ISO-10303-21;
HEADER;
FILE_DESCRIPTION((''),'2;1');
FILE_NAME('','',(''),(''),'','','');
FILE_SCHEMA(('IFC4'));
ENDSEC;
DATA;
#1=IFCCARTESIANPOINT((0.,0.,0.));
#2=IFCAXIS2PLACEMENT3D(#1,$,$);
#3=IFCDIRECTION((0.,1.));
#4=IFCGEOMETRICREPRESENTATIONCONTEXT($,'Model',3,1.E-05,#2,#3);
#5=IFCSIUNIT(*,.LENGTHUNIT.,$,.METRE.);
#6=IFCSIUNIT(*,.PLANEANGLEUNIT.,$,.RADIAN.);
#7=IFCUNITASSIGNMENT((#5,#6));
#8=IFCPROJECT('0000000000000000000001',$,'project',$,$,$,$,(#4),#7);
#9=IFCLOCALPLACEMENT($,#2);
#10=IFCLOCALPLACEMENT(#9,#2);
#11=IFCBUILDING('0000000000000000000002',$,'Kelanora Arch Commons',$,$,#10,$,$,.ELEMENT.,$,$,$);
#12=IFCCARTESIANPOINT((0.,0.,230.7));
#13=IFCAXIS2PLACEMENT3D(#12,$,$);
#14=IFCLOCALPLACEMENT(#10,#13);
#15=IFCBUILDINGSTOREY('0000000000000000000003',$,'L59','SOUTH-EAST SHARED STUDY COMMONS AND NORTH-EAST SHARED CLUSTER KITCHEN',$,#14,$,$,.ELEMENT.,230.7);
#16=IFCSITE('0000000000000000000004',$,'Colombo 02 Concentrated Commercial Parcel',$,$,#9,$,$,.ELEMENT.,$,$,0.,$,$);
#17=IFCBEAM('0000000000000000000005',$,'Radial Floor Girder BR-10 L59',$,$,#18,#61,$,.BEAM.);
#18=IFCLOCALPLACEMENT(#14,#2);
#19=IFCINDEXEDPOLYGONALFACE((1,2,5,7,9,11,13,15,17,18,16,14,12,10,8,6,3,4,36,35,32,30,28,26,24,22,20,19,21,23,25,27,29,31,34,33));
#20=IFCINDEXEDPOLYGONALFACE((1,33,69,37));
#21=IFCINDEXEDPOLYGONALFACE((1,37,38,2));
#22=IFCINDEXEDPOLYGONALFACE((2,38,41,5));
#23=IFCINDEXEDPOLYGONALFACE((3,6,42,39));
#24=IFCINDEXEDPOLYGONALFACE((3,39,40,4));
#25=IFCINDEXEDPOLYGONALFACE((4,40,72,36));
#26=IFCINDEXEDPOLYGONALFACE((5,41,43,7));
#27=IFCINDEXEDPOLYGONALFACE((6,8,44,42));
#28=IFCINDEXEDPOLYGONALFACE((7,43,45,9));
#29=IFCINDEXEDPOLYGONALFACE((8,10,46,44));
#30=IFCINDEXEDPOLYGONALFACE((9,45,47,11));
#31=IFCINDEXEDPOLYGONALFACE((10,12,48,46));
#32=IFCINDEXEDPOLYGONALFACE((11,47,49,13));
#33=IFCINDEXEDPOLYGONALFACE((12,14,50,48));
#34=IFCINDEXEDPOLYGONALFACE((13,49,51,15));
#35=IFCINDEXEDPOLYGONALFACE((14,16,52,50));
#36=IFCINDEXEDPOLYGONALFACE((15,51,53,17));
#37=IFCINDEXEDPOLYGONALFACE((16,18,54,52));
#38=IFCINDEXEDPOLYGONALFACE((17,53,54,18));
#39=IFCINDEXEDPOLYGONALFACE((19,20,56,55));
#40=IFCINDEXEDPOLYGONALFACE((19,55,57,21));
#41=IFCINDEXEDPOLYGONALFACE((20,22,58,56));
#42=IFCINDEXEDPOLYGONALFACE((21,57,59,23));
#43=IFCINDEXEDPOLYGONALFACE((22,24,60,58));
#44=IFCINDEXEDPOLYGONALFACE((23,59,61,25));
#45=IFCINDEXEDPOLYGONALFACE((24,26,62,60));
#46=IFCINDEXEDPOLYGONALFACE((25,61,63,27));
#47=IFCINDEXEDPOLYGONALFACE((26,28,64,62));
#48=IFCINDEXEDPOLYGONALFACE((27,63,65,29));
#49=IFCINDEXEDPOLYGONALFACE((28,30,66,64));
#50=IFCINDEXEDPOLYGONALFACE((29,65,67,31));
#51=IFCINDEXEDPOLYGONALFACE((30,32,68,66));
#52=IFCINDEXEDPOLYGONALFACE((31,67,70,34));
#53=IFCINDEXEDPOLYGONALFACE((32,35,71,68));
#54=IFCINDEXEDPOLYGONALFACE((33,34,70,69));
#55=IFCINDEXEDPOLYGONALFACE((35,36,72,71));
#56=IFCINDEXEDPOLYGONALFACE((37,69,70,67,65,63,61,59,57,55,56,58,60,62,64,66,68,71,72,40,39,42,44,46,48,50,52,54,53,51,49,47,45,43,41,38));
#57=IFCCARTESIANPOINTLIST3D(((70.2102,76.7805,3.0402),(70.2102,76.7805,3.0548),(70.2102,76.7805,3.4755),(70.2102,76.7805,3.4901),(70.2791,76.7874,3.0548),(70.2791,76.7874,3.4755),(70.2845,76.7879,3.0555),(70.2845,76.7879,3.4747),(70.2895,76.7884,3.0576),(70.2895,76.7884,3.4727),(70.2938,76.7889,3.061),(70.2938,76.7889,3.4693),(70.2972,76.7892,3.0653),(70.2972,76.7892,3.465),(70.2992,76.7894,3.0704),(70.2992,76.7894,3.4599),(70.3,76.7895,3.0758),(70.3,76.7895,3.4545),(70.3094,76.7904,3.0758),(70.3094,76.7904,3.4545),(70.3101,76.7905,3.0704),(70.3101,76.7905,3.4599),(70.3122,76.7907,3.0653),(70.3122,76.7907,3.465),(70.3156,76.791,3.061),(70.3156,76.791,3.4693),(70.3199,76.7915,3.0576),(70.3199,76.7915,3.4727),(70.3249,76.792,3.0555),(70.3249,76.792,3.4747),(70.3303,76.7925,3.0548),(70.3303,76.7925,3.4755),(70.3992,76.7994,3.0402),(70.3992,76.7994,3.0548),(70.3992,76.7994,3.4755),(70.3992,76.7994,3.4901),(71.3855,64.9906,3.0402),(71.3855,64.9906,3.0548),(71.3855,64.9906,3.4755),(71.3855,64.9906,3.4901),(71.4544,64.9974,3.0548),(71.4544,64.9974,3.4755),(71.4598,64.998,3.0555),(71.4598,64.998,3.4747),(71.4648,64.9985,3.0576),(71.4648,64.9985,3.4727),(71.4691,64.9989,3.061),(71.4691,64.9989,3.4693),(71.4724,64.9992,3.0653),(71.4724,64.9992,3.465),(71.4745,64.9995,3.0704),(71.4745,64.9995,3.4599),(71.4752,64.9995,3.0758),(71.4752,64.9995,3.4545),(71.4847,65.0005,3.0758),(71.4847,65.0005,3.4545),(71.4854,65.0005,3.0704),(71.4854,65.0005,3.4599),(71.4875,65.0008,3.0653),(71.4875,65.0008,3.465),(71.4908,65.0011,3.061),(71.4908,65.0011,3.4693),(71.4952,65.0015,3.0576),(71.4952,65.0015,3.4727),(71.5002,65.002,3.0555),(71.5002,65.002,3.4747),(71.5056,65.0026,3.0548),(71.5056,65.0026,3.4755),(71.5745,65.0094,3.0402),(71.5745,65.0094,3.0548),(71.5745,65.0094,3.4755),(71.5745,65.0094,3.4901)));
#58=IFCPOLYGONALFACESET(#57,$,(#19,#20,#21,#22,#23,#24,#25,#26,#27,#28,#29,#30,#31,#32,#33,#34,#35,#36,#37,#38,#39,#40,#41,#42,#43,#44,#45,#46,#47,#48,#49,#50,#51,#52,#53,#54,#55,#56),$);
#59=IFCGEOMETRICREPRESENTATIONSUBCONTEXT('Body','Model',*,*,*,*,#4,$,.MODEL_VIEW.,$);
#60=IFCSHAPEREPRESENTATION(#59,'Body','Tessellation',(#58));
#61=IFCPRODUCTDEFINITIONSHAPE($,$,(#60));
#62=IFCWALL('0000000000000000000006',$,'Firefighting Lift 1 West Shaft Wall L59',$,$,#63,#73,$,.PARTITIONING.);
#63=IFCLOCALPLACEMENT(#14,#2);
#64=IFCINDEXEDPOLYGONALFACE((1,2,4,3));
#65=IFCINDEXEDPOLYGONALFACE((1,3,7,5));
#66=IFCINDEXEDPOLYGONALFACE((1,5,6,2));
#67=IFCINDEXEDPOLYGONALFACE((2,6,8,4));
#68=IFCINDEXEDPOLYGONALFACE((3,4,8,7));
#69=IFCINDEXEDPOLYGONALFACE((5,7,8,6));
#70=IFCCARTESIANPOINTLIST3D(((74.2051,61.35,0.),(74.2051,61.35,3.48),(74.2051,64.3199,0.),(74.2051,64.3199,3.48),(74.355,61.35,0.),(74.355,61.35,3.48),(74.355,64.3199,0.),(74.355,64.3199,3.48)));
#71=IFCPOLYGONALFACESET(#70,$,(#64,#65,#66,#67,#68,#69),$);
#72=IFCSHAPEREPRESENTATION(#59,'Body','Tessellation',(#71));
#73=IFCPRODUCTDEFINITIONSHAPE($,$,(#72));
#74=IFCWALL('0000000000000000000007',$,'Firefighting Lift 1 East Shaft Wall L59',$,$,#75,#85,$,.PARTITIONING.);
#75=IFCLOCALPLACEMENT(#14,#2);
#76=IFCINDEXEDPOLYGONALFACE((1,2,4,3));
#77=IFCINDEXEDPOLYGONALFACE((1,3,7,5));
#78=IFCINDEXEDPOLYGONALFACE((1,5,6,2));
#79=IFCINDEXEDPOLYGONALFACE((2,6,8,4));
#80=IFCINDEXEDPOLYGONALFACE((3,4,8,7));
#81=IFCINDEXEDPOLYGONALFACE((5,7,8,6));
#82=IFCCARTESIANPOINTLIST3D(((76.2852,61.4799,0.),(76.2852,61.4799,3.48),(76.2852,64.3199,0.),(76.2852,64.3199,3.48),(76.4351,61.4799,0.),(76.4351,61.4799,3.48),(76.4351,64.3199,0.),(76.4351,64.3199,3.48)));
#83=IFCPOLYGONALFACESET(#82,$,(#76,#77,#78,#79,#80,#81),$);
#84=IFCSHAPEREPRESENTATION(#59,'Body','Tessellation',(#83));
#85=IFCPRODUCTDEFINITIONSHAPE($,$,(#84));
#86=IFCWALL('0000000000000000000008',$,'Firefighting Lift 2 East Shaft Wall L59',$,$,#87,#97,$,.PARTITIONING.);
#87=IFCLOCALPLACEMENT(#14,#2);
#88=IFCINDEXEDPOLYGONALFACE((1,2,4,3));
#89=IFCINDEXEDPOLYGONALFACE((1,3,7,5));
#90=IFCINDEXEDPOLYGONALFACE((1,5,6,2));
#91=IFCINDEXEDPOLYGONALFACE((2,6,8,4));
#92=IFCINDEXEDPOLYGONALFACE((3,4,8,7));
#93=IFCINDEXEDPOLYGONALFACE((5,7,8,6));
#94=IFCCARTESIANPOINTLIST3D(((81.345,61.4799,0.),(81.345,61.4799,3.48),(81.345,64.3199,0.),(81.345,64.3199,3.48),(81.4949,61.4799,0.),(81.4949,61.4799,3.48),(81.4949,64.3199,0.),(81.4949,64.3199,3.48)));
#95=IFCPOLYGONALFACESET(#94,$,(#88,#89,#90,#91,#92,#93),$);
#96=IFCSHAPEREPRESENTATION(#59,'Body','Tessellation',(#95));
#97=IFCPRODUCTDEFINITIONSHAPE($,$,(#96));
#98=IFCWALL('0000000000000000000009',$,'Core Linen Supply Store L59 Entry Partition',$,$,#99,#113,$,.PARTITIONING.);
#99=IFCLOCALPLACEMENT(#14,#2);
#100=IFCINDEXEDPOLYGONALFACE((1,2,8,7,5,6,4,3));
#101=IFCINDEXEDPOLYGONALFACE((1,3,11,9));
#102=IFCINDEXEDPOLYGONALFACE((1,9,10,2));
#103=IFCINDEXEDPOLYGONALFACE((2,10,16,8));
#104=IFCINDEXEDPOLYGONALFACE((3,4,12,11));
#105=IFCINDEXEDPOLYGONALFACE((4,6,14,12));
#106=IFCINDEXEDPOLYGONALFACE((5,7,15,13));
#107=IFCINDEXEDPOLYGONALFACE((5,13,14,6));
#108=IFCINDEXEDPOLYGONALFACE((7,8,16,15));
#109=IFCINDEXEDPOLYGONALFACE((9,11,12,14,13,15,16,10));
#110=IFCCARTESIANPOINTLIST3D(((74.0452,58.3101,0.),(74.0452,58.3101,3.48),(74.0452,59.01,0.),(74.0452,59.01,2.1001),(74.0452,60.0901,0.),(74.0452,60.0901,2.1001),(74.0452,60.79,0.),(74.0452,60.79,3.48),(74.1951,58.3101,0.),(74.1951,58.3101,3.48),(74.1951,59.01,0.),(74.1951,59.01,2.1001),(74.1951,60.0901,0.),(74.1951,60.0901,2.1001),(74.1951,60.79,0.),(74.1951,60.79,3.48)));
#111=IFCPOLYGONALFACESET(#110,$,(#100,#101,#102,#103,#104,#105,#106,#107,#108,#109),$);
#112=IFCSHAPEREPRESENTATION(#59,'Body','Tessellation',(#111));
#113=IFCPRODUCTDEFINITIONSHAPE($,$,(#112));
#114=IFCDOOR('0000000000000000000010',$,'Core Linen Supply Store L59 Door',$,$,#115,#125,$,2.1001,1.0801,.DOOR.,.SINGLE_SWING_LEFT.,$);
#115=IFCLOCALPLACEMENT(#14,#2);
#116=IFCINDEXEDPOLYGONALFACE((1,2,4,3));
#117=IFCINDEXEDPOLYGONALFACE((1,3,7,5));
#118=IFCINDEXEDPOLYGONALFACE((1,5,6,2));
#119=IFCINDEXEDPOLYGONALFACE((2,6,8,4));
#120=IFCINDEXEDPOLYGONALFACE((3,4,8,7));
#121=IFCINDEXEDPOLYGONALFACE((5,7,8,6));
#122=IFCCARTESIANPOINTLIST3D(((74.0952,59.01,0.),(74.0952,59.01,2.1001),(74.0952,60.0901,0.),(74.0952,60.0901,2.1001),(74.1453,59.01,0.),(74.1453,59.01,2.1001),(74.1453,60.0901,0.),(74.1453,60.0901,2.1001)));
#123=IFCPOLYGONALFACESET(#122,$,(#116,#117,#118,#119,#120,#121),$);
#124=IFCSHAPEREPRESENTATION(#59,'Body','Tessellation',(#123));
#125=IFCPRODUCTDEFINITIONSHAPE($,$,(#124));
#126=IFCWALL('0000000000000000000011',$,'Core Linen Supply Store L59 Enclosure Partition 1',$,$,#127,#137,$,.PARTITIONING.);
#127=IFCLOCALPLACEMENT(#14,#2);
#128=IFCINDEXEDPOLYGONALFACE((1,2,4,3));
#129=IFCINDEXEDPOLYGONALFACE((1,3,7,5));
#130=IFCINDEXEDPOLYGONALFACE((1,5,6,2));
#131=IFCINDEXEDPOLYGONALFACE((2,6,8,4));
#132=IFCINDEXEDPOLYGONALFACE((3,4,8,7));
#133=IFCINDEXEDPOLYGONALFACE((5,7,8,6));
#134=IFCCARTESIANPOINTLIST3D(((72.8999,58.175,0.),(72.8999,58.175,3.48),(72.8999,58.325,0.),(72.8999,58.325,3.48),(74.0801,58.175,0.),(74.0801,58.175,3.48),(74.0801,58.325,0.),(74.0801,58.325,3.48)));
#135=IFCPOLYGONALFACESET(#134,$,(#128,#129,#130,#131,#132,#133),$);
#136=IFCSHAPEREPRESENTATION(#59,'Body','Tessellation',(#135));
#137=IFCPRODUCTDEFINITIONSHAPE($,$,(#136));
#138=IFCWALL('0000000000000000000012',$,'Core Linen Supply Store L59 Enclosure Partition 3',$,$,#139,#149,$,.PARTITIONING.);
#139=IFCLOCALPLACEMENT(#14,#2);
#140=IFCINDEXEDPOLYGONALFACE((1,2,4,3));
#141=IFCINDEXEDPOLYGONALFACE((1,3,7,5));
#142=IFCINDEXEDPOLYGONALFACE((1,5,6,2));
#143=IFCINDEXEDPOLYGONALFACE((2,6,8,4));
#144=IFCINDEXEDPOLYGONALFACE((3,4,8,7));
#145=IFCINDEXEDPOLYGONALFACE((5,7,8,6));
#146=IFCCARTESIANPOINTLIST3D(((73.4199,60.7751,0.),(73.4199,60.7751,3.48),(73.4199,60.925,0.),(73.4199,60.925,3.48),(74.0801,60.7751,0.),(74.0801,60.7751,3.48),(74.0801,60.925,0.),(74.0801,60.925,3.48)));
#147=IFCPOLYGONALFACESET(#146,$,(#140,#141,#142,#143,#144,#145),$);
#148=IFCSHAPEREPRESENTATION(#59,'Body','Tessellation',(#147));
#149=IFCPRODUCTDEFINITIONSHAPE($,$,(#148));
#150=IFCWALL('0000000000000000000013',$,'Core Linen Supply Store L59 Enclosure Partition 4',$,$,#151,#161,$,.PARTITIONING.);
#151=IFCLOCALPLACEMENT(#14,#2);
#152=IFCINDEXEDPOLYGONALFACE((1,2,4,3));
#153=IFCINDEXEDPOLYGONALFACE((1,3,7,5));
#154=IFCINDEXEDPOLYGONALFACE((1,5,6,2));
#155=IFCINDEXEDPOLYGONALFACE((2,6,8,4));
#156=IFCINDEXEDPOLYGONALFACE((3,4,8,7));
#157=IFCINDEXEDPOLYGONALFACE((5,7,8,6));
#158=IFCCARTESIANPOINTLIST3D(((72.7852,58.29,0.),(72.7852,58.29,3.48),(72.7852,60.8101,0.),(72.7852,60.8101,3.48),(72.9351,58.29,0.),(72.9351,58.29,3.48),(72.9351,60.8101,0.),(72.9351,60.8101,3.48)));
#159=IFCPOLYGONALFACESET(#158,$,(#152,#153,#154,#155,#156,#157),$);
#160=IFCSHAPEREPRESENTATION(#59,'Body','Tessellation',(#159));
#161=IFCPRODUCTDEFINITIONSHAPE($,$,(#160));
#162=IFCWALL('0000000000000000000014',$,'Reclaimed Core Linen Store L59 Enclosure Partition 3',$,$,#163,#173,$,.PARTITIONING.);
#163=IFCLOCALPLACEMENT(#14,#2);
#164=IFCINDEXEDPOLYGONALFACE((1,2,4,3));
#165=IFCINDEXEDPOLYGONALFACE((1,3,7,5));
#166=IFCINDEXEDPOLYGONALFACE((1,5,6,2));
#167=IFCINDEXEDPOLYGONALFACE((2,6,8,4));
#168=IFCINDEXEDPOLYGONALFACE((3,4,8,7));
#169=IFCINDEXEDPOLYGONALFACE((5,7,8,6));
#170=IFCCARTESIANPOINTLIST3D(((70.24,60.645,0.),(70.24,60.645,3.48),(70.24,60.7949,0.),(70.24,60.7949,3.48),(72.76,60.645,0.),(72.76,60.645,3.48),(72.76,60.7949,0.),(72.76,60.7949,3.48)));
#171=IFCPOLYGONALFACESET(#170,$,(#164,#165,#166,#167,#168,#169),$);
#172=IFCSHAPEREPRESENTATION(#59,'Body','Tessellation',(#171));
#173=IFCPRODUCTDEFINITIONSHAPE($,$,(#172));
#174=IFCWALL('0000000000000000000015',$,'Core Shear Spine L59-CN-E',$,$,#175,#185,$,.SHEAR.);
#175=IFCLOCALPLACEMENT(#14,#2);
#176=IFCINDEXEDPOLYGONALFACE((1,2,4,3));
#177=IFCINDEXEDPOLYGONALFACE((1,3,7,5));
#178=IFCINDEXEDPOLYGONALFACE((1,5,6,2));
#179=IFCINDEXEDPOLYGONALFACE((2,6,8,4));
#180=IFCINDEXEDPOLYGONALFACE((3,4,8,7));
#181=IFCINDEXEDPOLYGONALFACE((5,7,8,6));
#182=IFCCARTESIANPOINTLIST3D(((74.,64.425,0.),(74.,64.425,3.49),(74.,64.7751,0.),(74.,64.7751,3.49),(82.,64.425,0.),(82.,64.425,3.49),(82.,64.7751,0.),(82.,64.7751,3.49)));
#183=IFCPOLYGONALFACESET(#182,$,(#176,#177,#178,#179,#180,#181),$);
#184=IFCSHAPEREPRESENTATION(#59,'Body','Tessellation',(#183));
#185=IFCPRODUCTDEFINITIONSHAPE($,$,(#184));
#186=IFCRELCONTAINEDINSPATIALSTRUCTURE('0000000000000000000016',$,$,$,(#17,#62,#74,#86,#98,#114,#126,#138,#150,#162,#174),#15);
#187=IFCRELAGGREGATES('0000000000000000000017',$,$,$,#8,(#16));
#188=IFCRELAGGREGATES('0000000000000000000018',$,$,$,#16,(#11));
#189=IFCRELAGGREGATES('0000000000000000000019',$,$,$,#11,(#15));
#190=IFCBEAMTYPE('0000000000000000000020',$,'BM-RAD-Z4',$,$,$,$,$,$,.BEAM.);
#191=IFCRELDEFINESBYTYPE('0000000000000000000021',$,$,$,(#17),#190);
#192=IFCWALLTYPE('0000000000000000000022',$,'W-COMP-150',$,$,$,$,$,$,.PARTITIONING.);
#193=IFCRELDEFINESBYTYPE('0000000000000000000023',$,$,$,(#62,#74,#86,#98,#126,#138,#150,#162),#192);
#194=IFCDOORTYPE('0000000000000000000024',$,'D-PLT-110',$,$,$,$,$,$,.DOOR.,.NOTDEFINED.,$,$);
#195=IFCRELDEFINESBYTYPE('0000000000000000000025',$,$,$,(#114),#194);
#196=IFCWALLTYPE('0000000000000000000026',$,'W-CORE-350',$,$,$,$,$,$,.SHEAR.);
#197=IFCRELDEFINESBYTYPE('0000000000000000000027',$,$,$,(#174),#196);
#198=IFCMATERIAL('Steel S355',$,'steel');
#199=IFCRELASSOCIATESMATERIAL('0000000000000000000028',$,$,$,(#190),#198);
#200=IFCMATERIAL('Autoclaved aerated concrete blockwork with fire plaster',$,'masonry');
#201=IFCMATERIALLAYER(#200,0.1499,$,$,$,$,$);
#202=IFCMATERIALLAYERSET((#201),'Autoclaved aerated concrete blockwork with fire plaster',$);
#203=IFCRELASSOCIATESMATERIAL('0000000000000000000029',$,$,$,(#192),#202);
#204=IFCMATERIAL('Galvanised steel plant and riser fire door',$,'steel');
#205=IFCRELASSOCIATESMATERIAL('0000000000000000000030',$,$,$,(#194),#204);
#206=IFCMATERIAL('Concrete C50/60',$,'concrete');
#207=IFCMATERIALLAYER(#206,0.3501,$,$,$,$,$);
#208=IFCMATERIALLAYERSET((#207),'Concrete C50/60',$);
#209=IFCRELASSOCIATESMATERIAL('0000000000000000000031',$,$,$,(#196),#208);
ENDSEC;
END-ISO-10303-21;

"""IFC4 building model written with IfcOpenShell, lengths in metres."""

from ifc_helpers import new_model, si_unit, direction, frame, frame_2d, origin, origin_2d, place, context, subcontext, project, spatial, rectangle, i_section, extrude, material, layer, layer_set, material_profile, profile_set, type_object, element, fill, save


model = new_model("IFC4")

# Units and contexts
model_context = context("Model", 3, precision=1e-05, world=origin(), true_north=direction((0.0, 1.0)))
body_context = subcontext(model_context, "Body", "Model", "MODEL_VIEW")
ifc_project = project(units=[si_unit("LENGTHUNIT", "METRE"), si_unit("PLANEANGLEUNIT", "RADIAN")], contexts=[model_context])

# Site, building, storey
site_placement = place(None, origin())
site = spatial("IfcSite", under=ifc_project, at=site_placement, Name="Colombo 02 Concentrated Commercial Parcel", CompositionType="ELEMENT", RefElevation=0.0)
building_placement = place(site_placement, origin())
building = spatial("IfcBuilding", under=site, at=building_placement, Name="Kelanora Arch Commons", CompositionType="ELEMENT")
storey_placement = place(building_placement, frame((0.0, 0.0, 230.7)))
storey = spatial("IfcBuildingStorey", under=building, at=storey_placement, Name="L59", Description="SOUTH-EAST SHARED STUDY COMMONS AND NORTH-EAST SHARED CLUSTER KITCHEN", CompositionType="ELEMENT", Elevation=230.7)

# Shared definitions
ifc_material_1 = material(Name="Concrete C50/60", Category="concrete")

# Beam
ifc_material_2 = material(Name="Steel S355", Category="steel")
ifc_material_profile_1 = material_profile(ifc_material_2, i_section(OverallWidth=0.1899, OverallDepth=0.45, WebThickness=0.0095, FlangeThickness=0.0146, FilletRadius=0.021, at=origin_2d()), Name="IPE450")
ifc_profile_set_1 = profile_set([ifc_material_profile_1], Name="Steel S355")
beam_type_1 = type_object("IfcBeamType", Name="BM-RAD-Z4", PredefinedType="BEAM", material=ifc_profile_set_1)
beam_1_placement = place(storey_placement, frame((71.48, 65.0, 3.2651), z_axis=(-0.099194, 0.995068, 0.0), x_axis=(-0.995068, -0.099194, 0.0)))
element("IfcBeam", 1, at=beam_1_placement, inside=storey, type_object=beam_type_1, Name="Radial Floor Girder BR-10 L59", PredefinedType="BEAM", context=body_context, shape_type="SweptSolid", body=[
    extrude(i_section(OverallWidth=0.1899, OverallDepth=0.45, WebThickness=0.0095, FlangeThickness=0.0146, FilletRadius=0.021, at=origin_2d()), origin(), (0.0, 0.0, 1.0), 11.8484),
])

# Walls
ifc_material_3 = material(Name="Autoclaved aerated concrete blockwork with fire plaster", Category="masonry")
ifc_layer_1 = layer(ifc_material_3, 0.1499)
ifc_layer_set_1 = layer_set([ifc_layer_1], Name="Autoclaved aerated concrete blockwork with fire plaster")
wall_type_1 = type_object("IfcWallType", Name="W-COMP-150", PredefinedType="PARTITIONING", material=ifc_layer_set_1)
wall_1_placement = place(storey_placement, frame((74.28, 61.3501, 0.0), z_axis=(0.0, 0.0, 1.0), x_axis=(0.0, 1.0, 0.0)))
element("IfcWall", 2, at=wall_1_placement, inside=storey, type_object=wall_type_1, Name="Firefighting Lift 1 West Shaft Wall L59", PredefinedType="PARTITIONING", context=body_context, shape_type="SweptSolid", body=[
    extrude(rectangle(XDim=2.97, YDim=0.1499, at=frame_2d((1.4849, 0.0))), origin(), (0.0, 0.0, 1.0), 3.48),
])
for number, where, z_axis, x_axis, name in (
    (3, (76.3601, 61.48, 0.0), (0.0, 0.0, 1.0), (0.0, 1.0, 0.0), "Firefighting Lift 1 East Shaft Wall L59"),
    (4, (81.4199, 61.48, 0.0), (0.0, 0.0, 1.0), (0.0, 1.0, 0.0), "Firefighting Lift 2 East Shaft Wall L59"),
):
    element("IfcWall", number, at=place(storey_placement, frame(where, z_axis=z_axis, x_axis=x_axis)), inside=storey, type_object=wall_type_1, Name=name, PredefinedType="PARTITIONING", context=body_context, shape_type="SweptSolid", body=[
        extrude(rectangle(XDim=2.8401, YDim=0.1499, at=frame_2d((1.4199, 0.0))), origin(), (0.0, 0.0, 1.0), 3.48),
    ])

# Wall, opening, door
wall_2_placement = place(storey_placement, frame((74.1201, 58.3101, 0.0), z_axis=(0.0, 0.0, 1.0), x_axis=(0.0, 1.0, 0.0)))
wall_2 = element("IfcWall", 5, at=wall_2_placement, inside=storey, type_object=wall_type_1, Name="Core Linen Supply Store L59 Entry Partition", PredefinedType="PARTITIONING", context=body_context, shape_type="SweptSolid", body=[
    extrude(rectangle(XDim=2.48, YDim=0.1499, at=frame_2d((1.24, 0.0))), origin(), (0.0, 0.0, 1.0), 3.48),
])
opening_1_placement = place(wall_2_placement, frame((0.7, 0.0, 0.0)))
opening_1 = element("IfcOpeningElement", 6, at=opening_1_placement, cuts=wall_2, PredefinedType="OPENING", context=body_context, shape_type="SweptSolid", body=[
    extrude(rectangle(XDim=1.0801, YDim=2.1001, at=frame_2d((0.54, 1.05))), frame((0.0, 0.085, 0.0), z_axis=(0.0, -1.0, 0.0), x_axis=(1.0, 0.0, 0.0)), (0.0, 0.0, 1.0), 0.1699),
])
ifc_material_4 = material(Name="Galvanised steel plant and riser fire door", Category="steel")
door_type_1 = type_object("IfcDoorType", Name="D-PLT-110", OperationType="NOTDEFINED", PredefinedType="DOOR", material=ifc_material_4)
door_1_placement = place(opening_1_placement, origin())
door_1 = element("IfcDoor", 7, at=door_1_placement, inside=storey, type_object=door_type_1, Name="Core Linen Supply Store L59 Door", OperationType="SINGLE_SWING_LEFT", OverallHeight=2.1001, OverallWidth=1.0801, PredefinedType="DOOR", context=body_context, shape_type="SweptSolid", body=[
    extrude(rectangle(XDim=1.0801, YDim=2.1001, at=frame_2d((0.54, 1.05))), frame((0.0, 0.0249, 0.0), z_axis=(0.0, -1.0, 0.0), x_axis=(1.0, 0.0, 0.0)), (0.0, 0.0, 1.0), 0.05),
])
fill(opening_1, door_1)

# Walls
wall_3_placement = place(storey_placement, frame((72.8999, 58.25, 0.0), z_axis=(0.0, 0.0, 1.0), x_axis=(1.0, 0.0, 0.0)))
element("IfcWall", 8, at=wall_3_placement, inside=storey, type_object=wall_type_1, Name="Core Linen Supply Store L59 Enclosure Partition 1", PredefinedType="PARTITIONING", context=body_context, shape_type="SweptSolid", body=[
    extrude(rectangle(XDim=1.1802, YDim=0.1499, at=frame_2d((0.5901, 0.0))), origin(), (0.0, 0.0, 1.0), 3.48),
])
wall_4_placement = place(storey_placement, frame((74.0801, 60.8501, 0.0), z_axis=(0.0, 0.0, 1.0), x_axis=(-1.0, 0.0, 0.0)))
element("IfcWall", 9, at=wall_4_placement, inside=storey, type_object=wall_type_1, Name="Core Linen Supply Store L59 Enclosure Partition 3", PredefinedType="PARTITIONING", context=body_context, shape_type="SweptSolid", body=[
    extrude(rectangle(XDim=0.6602, YDim=0.1499, at=frame_2d((0.3301, 0.0))), origin(), (0.0, 0.0, 1.0), 3.48),
])
for number, where, z_axis, x_axis, name in (
    (10, (72.8601, 60.8101, 0.0), (0.0, 0.0, 1.0), (0.0, -1.0, 0.0), "Core Linen Supply Store L59 Enclosure Partition 4"),
    (11, (72.76, 60.72, 0.0), (0.0, 0.0, 1.0), (-1.0, 0.0, 0.0), "Reclaimed Core Linen Store L59 Enclosure Partition 3"),
):
    element("IfcWall", number, at=place(storey_placement, frame(where, z_axis=z_axis, x_axis=x_axis)), inside=storey, type_object=wall_type_1, Name=name, PredefinedType="PARTITIONING", context=body_context, shape_type="SweptSolid", body=[
        extrude(rectangle(XDim=2.52, YDim=0.1499, at=frame_2d((1.26, 0.0))), origin(), (0.0, 0.0, 1.0), 3.48),
    ])
ifc_layer_2 = layer(ifc_material_1, 0.3501)
ifc_layer_set_2 = layer_set([ifc_layer_2], Name="Concrete C50/60")
wall_type_2 = type_object("IfcWallType", Name="W-CORE-350", PredefinedType="SHEAR", material=ifc_layer_set_2)
wall_5_placement = place(storey_placement, frame((74.0, 64.6001, 0.0), z_axis=(0.0, 0.0, 1.0), x_axis=(1.0, 0.0, 0.0)))
element("IfcWall", 12, at=wall_5_placement, inside=storey, type_object=wall_type_2, Name="Core Shear Spine L59-CN-E", PredefinedType="SHEAR", context=body_context, shape_type="SweptSolid", body=[
    extrude(rectangle(XDim=8.0, YDim=0.3501, at=frame_2d((4.0, 0.0))), origin(), (0.0, 0.0, 1.0), 3.49),
])

save(model, "model.ifc")
